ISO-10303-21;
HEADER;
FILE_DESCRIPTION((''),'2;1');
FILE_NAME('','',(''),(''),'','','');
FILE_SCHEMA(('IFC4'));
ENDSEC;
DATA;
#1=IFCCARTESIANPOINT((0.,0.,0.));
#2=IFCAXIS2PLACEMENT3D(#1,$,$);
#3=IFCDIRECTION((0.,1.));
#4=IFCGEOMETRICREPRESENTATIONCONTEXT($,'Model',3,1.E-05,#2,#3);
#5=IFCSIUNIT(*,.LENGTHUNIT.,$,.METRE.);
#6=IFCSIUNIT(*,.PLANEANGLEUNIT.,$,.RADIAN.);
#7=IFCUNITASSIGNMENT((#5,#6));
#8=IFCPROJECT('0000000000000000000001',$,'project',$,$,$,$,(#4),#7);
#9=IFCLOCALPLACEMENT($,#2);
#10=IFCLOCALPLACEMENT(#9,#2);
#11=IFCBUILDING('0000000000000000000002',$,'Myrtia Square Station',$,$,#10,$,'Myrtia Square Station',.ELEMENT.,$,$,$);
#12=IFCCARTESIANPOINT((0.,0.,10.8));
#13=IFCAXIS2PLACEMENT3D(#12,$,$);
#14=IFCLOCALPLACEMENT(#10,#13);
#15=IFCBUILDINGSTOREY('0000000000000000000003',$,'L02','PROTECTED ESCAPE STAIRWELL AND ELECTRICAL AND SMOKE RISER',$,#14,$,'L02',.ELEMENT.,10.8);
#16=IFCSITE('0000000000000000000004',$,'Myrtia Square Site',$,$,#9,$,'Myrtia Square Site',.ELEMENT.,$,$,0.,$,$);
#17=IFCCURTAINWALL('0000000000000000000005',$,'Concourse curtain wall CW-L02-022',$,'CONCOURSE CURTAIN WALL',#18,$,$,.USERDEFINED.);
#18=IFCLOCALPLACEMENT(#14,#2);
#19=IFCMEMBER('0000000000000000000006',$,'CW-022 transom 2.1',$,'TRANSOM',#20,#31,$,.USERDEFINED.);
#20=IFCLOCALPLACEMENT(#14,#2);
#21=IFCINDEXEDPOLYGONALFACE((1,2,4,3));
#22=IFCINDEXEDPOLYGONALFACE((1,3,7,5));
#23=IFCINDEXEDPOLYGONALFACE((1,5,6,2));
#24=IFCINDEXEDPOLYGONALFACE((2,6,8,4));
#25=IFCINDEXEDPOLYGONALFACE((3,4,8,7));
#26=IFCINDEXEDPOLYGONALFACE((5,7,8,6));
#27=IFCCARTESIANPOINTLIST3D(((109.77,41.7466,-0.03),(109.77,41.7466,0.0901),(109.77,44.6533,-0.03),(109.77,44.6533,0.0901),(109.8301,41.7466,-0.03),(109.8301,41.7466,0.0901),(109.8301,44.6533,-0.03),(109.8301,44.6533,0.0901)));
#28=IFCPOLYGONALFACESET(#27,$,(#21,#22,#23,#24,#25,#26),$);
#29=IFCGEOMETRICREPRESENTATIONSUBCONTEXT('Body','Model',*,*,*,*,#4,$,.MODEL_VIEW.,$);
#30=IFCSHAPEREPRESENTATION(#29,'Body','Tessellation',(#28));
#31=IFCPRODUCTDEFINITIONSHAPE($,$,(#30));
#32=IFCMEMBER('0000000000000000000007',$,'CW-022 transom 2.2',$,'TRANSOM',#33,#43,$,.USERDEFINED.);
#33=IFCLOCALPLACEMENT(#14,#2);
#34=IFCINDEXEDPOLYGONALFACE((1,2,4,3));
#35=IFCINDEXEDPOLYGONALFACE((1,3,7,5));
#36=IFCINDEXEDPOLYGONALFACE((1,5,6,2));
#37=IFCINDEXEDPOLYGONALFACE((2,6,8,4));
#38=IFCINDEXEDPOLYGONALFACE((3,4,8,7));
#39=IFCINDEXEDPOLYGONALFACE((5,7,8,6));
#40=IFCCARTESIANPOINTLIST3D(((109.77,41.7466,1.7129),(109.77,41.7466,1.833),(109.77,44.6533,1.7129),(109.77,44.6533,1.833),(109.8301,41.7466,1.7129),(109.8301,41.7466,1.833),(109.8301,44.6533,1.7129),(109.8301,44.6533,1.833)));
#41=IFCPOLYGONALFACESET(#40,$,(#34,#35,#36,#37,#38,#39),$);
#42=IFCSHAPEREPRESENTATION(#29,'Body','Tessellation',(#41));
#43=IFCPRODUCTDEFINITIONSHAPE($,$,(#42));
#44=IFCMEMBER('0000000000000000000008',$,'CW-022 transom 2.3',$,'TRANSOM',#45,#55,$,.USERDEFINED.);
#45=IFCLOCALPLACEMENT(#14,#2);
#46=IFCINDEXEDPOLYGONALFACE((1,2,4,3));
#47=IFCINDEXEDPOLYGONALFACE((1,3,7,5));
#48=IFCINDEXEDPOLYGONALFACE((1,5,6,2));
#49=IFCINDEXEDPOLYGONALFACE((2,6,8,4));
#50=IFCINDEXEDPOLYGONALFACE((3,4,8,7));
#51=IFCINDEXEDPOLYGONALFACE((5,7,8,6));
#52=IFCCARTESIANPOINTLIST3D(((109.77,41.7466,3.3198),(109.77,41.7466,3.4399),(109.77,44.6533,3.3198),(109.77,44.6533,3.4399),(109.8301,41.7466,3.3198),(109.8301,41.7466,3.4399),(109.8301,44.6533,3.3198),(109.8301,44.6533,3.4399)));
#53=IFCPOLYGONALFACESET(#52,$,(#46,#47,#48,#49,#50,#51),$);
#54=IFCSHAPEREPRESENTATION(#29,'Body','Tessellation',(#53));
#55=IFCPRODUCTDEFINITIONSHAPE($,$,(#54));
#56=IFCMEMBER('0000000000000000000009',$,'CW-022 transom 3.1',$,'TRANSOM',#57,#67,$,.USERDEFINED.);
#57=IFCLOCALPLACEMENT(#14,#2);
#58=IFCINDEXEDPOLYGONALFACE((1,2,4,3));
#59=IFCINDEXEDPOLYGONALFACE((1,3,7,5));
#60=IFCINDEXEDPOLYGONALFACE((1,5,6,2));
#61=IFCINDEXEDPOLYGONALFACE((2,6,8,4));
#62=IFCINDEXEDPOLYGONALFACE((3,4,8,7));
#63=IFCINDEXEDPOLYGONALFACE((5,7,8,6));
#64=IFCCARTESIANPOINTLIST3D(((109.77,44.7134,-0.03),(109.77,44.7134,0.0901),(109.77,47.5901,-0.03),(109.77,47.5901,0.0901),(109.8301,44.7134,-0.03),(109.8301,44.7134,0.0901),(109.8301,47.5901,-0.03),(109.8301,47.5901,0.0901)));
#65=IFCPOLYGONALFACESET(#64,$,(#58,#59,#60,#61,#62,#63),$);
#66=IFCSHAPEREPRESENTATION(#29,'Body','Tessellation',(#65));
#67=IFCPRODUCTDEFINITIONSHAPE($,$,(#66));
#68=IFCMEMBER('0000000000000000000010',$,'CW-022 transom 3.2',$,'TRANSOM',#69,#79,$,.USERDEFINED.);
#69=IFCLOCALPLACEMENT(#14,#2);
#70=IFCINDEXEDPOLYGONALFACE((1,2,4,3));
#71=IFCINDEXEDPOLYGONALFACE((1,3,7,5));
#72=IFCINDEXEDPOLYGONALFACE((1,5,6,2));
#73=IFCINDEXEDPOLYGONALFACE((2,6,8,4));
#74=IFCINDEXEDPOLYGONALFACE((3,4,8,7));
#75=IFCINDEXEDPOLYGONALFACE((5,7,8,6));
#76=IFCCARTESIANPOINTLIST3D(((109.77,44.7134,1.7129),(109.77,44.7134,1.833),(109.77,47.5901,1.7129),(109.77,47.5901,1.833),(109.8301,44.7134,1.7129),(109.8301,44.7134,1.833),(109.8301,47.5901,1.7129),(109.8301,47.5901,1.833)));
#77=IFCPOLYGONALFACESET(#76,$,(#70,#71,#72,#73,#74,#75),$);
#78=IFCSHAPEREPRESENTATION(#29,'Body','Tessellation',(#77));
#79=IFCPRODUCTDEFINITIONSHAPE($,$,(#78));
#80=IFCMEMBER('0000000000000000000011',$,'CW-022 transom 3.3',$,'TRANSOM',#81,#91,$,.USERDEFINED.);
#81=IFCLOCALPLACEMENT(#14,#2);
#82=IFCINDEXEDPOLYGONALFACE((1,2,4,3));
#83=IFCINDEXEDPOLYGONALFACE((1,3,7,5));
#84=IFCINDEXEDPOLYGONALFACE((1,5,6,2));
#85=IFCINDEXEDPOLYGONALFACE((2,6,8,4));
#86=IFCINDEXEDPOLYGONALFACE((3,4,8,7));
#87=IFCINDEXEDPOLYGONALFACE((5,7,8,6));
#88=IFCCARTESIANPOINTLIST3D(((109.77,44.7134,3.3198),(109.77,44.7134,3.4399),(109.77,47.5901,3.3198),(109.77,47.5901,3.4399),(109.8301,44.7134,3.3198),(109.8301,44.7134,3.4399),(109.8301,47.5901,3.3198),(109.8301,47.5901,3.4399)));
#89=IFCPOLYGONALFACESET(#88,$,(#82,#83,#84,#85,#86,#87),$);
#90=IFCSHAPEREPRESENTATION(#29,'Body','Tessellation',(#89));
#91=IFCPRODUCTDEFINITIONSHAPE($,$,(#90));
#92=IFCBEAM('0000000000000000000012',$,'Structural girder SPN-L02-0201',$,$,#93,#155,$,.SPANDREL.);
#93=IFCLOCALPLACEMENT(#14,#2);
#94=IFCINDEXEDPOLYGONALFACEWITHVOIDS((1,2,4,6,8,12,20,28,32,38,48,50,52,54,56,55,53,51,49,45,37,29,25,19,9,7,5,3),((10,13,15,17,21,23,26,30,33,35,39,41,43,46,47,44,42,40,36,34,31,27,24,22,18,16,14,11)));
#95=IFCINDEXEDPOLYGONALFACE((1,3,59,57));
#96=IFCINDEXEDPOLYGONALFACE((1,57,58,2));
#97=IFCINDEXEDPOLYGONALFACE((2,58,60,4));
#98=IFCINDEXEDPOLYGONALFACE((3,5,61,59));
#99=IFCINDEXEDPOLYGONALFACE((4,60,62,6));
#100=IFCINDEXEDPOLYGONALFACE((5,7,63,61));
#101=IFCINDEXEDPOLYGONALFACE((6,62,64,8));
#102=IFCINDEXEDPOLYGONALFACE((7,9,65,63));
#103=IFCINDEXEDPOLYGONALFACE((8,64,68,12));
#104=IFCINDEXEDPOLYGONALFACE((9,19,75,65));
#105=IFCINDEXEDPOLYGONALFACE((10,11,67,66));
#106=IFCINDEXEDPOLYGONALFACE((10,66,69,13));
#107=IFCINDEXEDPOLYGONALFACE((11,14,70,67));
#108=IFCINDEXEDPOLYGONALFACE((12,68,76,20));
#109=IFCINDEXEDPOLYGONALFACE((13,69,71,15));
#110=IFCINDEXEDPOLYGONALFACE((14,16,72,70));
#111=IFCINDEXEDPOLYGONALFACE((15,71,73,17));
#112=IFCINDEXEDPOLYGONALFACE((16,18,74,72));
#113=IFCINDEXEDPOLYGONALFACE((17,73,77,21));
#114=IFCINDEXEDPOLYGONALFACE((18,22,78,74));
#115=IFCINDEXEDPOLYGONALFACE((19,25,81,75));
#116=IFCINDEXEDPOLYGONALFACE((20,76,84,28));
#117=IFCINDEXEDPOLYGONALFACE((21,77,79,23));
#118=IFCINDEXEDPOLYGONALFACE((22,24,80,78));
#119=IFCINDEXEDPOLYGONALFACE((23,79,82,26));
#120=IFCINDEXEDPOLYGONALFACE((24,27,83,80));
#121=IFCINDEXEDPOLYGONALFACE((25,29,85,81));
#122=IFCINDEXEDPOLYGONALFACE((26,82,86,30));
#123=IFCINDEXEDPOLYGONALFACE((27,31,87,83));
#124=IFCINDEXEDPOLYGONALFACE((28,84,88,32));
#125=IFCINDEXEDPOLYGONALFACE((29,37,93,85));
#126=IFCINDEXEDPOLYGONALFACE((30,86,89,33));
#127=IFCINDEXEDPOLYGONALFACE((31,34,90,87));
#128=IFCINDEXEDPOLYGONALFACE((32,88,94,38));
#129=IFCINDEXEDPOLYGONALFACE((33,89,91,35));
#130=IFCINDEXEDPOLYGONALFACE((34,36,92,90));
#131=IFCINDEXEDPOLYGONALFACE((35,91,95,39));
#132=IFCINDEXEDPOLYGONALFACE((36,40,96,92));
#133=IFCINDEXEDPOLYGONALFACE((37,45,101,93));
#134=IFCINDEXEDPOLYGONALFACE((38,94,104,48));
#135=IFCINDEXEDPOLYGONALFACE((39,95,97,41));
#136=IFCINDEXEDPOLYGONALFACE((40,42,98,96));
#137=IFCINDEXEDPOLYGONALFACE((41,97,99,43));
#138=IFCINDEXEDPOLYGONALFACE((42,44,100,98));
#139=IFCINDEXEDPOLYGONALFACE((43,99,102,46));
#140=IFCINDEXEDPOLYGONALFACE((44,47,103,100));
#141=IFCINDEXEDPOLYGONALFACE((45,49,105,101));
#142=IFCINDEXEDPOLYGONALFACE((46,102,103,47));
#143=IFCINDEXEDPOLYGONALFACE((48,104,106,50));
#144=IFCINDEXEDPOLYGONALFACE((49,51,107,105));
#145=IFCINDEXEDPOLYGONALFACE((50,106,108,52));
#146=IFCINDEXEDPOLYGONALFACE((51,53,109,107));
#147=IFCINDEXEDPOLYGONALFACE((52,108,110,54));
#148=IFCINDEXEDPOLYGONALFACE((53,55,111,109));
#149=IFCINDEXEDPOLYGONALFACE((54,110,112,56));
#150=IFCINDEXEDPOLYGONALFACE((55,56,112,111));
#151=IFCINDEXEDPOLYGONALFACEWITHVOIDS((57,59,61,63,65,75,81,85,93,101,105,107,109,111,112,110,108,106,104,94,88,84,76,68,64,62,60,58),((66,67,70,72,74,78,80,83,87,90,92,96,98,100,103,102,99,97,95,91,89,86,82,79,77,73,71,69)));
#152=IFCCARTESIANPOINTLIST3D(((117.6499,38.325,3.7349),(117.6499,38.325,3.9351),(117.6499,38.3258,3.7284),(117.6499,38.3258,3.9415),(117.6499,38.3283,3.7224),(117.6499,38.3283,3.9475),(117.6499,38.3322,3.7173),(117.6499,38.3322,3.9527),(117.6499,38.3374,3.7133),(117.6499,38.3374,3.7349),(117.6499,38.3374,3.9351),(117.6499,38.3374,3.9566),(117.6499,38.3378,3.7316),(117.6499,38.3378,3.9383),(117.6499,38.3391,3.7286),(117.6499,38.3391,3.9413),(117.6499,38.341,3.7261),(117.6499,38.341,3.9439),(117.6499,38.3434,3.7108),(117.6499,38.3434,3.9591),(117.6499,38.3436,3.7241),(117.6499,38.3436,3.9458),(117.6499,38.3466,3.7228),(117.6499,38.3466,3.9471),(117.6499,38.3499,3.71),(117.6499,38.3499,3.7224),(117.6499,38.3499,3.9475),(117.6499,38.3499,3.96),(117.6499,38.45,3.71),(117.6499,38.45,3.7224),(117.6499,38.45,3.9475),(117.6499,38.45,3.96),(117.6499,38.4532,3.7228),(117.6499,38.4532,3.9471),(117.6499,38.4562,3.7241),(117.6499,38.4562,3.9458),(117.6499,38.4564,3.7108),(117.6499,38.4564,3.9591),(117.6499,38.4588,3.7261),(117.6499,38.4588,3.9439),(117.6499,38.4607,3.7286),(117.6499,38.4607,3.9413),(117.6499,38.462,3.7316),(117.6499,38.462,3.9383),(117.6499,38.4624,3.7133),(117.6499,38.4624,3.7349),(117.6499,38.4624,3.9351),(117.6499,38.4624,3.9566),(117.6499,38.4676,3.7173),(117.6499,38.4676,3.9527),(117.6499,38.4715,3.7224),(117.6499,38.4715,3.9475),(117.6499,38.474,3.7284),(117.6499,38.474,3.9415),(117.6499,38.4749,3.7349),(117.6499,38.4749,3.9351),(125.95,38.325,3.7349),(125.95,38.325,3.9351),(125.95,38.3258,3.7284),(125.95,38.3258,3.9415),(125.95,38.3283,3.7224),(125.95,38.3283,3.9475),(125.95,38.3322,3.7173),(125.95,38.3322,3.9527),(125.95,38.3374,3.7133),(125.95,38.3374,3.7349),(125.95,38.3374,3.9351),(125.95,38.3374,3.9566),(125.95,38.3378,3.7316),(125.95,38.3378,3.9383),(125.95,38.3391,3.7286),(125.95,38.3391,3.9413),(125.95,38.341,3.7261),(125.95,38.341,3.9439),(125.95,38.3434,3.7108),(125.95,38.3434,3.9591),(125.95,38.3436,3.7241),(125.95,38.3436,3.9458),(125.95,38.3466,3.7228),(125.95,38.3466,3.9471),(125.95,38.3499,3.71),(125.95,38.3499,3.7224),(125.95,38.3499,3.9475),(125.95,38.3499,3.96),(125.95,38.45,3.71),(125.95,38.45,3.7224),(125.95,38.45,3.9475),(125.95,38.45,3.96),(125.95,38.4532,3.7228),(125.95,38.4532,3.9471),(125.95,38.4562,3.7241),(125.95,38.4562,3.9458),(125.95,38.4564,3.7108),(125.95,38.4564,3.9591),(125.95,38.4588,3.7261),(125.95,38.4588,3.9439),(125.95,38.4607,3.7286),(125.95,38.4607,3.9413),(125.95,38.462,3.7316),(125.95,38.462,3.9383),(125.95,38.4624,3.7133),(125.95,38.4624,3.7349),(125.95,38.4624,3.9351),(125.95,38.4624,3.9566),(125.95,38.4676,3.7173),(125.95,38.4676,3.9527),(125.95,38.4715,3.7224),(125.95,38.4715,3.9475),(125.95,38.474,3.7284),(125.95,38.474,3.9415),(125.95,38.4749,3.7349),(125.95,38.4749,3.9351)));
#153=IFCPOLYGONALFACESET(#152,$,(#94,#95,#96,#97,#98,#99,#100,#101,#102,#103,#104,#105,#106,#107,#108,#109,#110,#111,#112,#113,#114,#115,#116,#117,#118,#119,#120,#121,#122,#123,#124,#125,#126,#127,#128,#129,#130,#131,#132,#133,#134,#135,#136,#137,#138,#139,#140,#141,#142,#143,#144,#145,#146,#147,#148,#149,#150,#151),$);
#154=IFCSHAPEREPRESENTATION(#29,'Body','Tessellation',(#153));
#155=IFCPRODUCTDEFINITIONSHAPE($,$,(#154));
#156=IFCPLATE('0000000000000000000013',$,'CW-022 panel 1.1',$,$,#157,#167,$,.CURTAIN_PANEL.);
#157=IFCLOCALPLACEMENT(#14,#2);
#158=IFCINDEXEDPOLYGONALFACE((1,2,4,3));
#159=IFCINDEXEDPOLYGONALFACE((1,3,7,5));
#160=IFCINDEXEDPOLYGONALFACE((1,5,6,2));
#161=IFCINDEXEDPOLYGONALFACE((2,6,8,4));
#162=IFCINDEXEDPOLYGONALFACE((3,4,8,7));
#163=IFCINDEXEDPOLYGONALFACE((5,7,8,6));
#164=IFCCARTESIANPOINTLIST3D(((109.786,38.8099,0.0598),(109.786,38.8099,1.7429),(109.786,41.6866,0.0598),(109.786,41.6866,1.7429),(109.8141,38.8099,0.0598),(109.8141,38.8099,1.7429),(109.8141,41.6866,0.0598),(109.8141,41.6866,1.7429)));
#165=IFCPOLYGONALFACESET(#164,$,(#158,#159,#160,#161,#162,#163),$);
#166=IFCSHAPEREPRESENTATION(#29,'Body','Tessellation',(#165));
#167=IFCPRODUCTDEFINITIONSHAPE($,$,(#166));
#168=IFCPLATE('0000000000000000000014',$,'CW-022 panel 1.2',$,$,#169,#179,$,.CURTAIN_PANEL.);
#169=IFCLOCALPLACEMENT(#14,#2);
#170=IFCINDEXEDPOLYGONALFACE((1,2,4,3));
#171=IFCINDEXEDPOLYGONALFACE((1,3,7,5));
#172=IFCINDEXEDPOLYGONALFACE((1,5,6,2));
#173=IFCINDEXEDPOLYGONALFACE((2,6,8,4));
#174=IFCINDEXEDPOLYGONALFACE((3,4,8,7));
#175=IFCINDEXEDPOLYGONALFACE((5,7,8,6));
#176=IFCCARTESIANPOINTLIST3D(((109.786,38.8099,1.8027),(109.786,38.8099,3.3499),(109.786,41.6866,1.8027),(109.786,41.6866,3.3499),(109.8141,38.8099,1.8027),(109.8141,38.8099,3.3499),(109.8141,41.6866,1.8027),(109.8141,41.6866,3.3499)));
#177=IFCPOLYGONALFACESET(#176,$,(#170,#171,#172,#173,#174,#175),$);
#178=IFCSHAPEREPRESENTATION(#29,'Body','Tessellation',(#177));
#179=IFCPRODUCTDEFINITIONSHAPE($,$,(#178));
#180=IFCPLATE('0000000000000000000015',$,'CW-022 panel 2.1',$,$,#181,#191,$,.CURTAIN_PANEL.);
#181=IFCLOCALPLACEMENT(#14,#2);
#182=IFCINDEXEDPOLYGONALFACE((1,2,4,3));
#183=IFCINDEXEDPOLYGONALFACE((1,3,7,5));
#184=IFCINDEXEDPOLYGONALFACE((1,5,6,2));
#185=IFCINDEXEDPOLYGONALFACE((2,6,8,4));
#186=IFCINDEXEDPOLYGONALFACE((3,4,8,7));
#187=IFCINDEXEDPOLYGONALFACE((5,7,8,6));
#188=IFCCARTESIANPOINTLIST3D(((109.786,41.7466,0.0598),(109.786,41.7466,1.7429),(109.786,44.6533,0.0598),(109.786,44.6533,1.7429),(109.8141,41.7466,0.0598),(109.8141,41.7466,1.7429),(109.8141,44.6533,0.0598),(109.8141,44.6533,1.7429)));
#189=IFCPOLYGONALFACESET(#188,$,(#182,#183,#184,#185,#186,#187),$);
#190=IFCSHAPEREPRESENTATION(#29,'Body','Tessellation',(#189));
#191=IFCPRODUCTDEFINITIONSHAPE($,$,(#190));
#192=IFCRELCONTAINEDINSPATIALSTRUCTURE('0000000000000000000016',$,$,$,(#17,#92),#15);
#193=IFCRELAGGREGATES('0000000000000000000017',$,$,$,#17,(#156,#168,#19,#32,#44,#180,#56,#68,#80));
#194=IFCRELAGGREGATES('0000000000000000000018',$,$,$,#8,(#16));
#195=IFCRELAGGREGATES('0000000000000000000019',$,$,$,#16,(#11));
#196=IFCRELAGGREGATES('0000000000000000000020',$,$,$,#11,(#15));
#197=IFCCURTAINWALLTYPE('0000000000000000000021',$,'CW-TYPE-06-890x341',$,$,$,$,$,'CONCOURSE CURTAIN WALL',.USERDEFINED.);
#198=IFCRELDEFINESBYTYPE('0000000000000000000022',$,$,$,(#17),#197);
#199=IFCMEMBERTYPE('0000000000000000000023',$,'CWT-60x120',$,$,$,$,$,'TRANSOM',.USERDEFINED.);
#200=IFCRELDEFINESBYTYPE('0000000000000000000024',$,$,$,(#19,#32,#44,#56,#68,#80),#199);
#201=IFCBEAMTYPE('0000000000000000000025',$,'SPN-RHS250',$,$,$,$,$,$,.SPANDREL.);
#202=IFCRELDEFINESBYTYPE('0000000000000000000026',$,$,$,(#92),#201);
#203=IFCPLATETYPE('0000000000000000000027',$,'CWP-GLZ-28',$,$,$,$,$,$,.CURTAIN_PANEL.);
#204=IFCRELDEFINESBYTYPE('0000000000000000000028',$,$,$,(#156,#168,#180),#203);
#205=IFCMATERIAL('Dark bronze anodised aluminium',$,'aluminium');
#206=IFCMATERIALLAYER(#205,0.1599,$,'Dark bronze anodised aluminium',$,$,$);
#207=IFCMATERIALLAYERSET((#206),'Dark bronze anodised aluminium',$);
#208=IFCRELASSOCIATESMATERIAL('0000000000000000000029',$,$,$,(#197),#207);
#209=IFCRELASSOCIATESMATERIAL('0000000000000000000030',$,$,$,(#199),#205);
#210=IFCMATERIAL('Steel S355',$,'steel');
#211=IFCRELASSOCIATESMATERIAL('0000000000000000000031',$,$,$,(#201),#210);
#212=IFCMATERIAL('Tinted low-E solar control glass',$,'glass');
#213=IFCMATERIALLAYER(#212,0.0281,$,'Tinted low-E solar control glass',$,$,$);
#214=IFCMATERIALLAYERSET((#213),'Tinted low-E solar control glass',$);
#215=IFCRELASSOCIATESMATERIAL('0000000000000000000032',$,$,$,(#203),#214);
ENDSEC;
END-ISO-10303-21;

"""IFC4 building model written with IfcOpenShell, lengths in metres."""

from ifc_helpers import new_model, si_unit, direction, frame, origin, origin_2d, place, context, subcontext, project, spatial, rectangle, hollow_rectangle, extrude, material, layer, layer_set, material_profile, profile_set, type_object, element, aggregate, save


model = new_model("IFC4")

# Units and contexts
model_context = context("Model", 3, precision=1e-05, world=origin(), true_north=direction((0.0, 1.0)))
body_context = subcontext(model_context, "Body", "Model", "MODEL_VIEW")
ifc_project = project(units=[si_unit("LENGTHUNIT", "METRE"), si_unit("PLANEANGLEUNIT", "RADIAN")], contexts=[model_context])

# Site, building, storey
site_placement = place(None, origin())
site = spatial("IfcSite", under=ifc_project, at=site_placement, Name="Myrtia Square Site", LongName="Myrtia Square Site", CompositionType="ELEMENT", RefElevation=0.0)
building_placement = place(site_placement, origin())
building = spatial("IfcBuilding", under=site, at=building_placement, Name="Myrtia Square Station", LongName="Myrtia Square Station", CompositionType="ELEMENT")
storey_placement = place(building_placement, frame((0.0, 0.0, 10.8)))
storey = spatial("IfcBuildingStorey", under=building, at=storey_placement, Name="L02", Description="PROTECTED ESCAPE STAIRWELL AND ELECTRICAL AND SMOKE RISER", LongName="L02", CompositionType="ELEMENT", Elevation=10.8)

# Shared definitions
ifc_material_1 = material(Name="Steel S355", Category="steel")

# Curtain wall, members
ifc_material_2 = material(Name="Dark bronze anodised aluminium", Category="aluminium")
ifc_layer_1 = layer(ifc_material_2, 0.1599, Name="Dark bronze anodised aluminium")
ifc_layer_set_1 = layer_set([ifc_layer_1], Name="Dark bronze anodised aluminium")
curtain_wall_type = type_object("IfcCurtainWallType", Name="CW-TYPE-06-890x341", ElementType="CONCOURSE CURTAIN WALL", PredefinedType="USERDEFINED", material=ifc_layer_set_1)
curtain_wall_placement = place(storey_placement, origin())
curtain_wall = element("IfcCurtainWall", 1, at=curtain_wall_placement, inside=storey, type_object=curtain_wall_type, Name="Concourse curtain wall CW-L02-022", ObjectType="CONCOURSE CURTAIN WALL", PredefinedType="USERDEFINED")
ifc_material_profile_1 = material_profile(ifc_material_2, rectangle(XDim=0.0601, YDim=0.1201, at=origin_2d()), Name="ALU-T 60x120")
ifc_profile_set_1 = profile_set([ifc_material_profile_1], Name="Dark bronze anodised aluminium")
member_type_1 = type_object("IfcMemberType", Name="CWT-60x120", ElementType="TRANSOM", PredefinedType="USERDEFINED", material=ifc_profile_set_1)
member_1_placement = place(storey_placement, frame((109.8, 41.7466, 0.03), z_axis=(0.0, 1.0, 0.0), x_axis=(-1.0, 0.0, 0.0)))
member_1 = element("IfcMember", 2, at=member_1_placement, type_object=member_type_1, Name="CW-022 transom 2.1", ObjectType="TRANSOM", PredefinedType="USERDEFINED", context=body_context, shape_type="SweptSolid", body=[
    extrude(rectangle(XDim=0.0601, YDim=0.1201, at=origin_2d()), origin(), (0.0, 0.0, 1.0), 2.9067),
])
member_2_placement = place(storey_placement, frame((109.8, 41.7466, 1.7729), z_axis=(0.0, 1.0, 0.0), x_axis=(-1.0, 0.0, 0.0)))
member_2 = element("IfcMember", 3, at=member_2_placement, type_object=member_type_1, Name="CW-022 transom 2.2", ObjectType="TRANSOM", PredefinedType="USERDEFINED", context=body_context, shape_type="SweptSolid", body=[
    extrude(rectangle(XDim=0.0601, YDim=0.1201, at=origin_2d()), origin(), (0.0, 0.0, 1.0), 2.9067),
])
member_3_placement = place(storey_placement, frame((109.8, 41.7466, 3.3799), z_axis=(0.0, 1.0, 0.0), x_axis=(-1.0, 0.0, 0.0)))
member_3 = element("IfcMember", 4, at=member_3_placement, type_object=member_type_1, Name="CW-022 transom 2.3", ObjectType="TRANSOM", PredefinedType="USERDEFINED", context=body_context, shape_type="SweptSolid", body=[
    extrude(rectangle(XDim=0.0601, YDim=0.1201, at=origin_2d()), origin(), (0.0, 0.0, 1.0), 2.9067),
])
member_4_placement = place(storey_placement, frame((109.8, 44.7134, 0.03), z_axis=(0.0, 1.0, 0.0), x_axis=(-1.0, 0.0, 0.0)))
member_4 = element("IfcMember", 5, at=member_4_placement, type_object=member_type_1, Name="CW-022 transom 3.1", ObjectType="TRANSOM", PredefinedType="USERDEFINED", context=body_context, shape_type="SweptSolid", body=[
    extrude(rectangle(XDim=0.0601, YDim=0.1201, at=origin_2d()), origin(), (0.0, 0.0, 1.0), 2.8767),
])
member_5_placement = place(storey_placement, frame((109.8, 44.7134, 1.7729), z_axis=(0.0, 1.0, 0.0), x_axis=(-1.0, 0.0, 0.0)))
member_5 = element("IfcMember", 6, at=member_5_placement, type_object=member_type_1, Name="CW-022 transom 3.2", ObjectType="TRANSOM", PredefinedType="USERDEFINED", context=body_context, shape_type="SweptSolid", body=[
    extrude(rectangle(XDim=0.0601, YDim=0.1201, at=origin_2d()), origin(), (0.0, 0.0, 1.0), 2.8767),
])
member_6_placement = place(storey_placement, frame((109.8, 44.7134, 3.3799), z_axis=(0.0, 1.0, 0.0), x_axis=(-1.0, 0.0, 0.0)))
member_6 = element("IfcMember", 7, at=member_6_placement, type_object=member_type_1, Name="CW-022 transom 3.3", ObjectType="TRANSOM", PredefinedType="USERDEFINED", context=body_context, shape_type="SweptSolid", body=[
    extrude(rectangle(XDim=0.0601, YDim=0.1201, at=origin_2d()), origin(), (0.0, 0.0, 1.0), 2.8767),
])

# Beam
ifc_material_profile_2 = material_profile(ifc_material_1, hollow_rectangle(XDim=0.1499, YDim=0.25, WallThickness=0.0125, InnerFilletRadius=0.0125, OuterFilletRadius=0.0249, at=origin_2d()), Name="RHS 250x150x12.5")
ifc_profile_set_2 = profile_set([ifc_material_profile_2], Name="Steel S355")
beam_type = type_object("IfcBeamType", Name="SPN-RHS250", PredefinedType="SPANDREL", material=ifc_profile_set_2)
beam_placement = place(storey_placement, frame((117.6499, 38.3999, 3.835), z_axis=(1.0, 0.0, 0.0), x_axis=(0.0, 1.0, 0.0)))
element("IfcBeam", 8, at=beam_placement, inside=storey, type_object=beam_type, Name="Structural girder SPN-L02-0201", PredefinedType="SPANDREL", context=body_context, shape_type="SweptSolid", body=[
    extrude(hollow_rectangle(XDim=0.1499, YDim=0.25, WallThickness=0.0125, InnerFilletRadius=0.0125, OuterFilletRadius=0.0249, at=origin_2d()), origin(), (0.0, 0.0, 1.0), 8.3),
])

# Plates
ifc_material_3 = material(Name="Tinted low-E solar control glass", Category="glass")
ifc_layer_2 = layer(ifc_material_3, 0.0281, Name="Tinted low-E solar control glass")
ifc_layer_set_2 = layer_set([ifc_layer_2], Name="Tinted low-E solar control glass")
plate_type_1 = type_object("IfcPlateType", Name="CWP-GLZ-28", PredefinedType="CURTAIN_PANEL", material=ifc_layer_set_2)
plate_1_placement = place(storey_placement, frame((109.8, 40.2483, 0.0598), z_axis=(0.0, 0.0, 1.0), x_axis=(0.0, 1.0, 0.0)))
plate_1 = element("IfcPlate", 9, at=plate_1_placement, type_object=plate_type_1, Name="CW-022 panel 1.1", PredefinedType="CURTAIN_PANEL", context=body_context, shape_type="SweptSolid", body=[
    extrude(rectangle(XDim=2.8767, YDim=0.0281, at=origin_2d()), origin(), (0.0, 0.0, 1.0), 1.6831),
])
plate_2_placement = place(storey_placement, frame((109.8, 40.2483, 1.8027), z_axis=(0.0, 0.0, 1.0), x_axis=(0.0, 1.0, 0.0)))
plate_2 = element("IfcPlate", 10, at=plate_2_placement, type_object=plate_type_1, Name="CW-022 panel 1.2", PredefinedType="CURTAIN_PANEL", context=body_context, shape_type="SweptSolid", body=[
    extrude(rectangle(XDim=2.8767, YDim=0.0281, at=origin_2d()), origin(), (0.0, 0.0, 1.0), 1.5471),
])
plate_3_placement = place(storey_placement, frame((109.8, 43.2, 0.0598), z_axis=(0.0, 0.0, 1.0), x_axis=(0.0, 1.0, 0.0)))
plate_3 = element("IfcPlate", 11, at=plate_3_placement, type_object=plate_type_1, Name="CW-022 panel 2.1", PredefinedType="CURTAIN_PANEL", context=body_context, shape_type="SweptSolid", body=[
    extrude(rectangle(XDim=2.9067, YDim=0.0281, at=origin_2d()), origin(), (0.0, 0.0, 1.0), 1.6831),
])
aggregate(curtain_wall, [plate_1, plate_2, member_1, member_2, member_3, plate_3, member_4, member_5, member_6])

save(model, "model.ifc")
